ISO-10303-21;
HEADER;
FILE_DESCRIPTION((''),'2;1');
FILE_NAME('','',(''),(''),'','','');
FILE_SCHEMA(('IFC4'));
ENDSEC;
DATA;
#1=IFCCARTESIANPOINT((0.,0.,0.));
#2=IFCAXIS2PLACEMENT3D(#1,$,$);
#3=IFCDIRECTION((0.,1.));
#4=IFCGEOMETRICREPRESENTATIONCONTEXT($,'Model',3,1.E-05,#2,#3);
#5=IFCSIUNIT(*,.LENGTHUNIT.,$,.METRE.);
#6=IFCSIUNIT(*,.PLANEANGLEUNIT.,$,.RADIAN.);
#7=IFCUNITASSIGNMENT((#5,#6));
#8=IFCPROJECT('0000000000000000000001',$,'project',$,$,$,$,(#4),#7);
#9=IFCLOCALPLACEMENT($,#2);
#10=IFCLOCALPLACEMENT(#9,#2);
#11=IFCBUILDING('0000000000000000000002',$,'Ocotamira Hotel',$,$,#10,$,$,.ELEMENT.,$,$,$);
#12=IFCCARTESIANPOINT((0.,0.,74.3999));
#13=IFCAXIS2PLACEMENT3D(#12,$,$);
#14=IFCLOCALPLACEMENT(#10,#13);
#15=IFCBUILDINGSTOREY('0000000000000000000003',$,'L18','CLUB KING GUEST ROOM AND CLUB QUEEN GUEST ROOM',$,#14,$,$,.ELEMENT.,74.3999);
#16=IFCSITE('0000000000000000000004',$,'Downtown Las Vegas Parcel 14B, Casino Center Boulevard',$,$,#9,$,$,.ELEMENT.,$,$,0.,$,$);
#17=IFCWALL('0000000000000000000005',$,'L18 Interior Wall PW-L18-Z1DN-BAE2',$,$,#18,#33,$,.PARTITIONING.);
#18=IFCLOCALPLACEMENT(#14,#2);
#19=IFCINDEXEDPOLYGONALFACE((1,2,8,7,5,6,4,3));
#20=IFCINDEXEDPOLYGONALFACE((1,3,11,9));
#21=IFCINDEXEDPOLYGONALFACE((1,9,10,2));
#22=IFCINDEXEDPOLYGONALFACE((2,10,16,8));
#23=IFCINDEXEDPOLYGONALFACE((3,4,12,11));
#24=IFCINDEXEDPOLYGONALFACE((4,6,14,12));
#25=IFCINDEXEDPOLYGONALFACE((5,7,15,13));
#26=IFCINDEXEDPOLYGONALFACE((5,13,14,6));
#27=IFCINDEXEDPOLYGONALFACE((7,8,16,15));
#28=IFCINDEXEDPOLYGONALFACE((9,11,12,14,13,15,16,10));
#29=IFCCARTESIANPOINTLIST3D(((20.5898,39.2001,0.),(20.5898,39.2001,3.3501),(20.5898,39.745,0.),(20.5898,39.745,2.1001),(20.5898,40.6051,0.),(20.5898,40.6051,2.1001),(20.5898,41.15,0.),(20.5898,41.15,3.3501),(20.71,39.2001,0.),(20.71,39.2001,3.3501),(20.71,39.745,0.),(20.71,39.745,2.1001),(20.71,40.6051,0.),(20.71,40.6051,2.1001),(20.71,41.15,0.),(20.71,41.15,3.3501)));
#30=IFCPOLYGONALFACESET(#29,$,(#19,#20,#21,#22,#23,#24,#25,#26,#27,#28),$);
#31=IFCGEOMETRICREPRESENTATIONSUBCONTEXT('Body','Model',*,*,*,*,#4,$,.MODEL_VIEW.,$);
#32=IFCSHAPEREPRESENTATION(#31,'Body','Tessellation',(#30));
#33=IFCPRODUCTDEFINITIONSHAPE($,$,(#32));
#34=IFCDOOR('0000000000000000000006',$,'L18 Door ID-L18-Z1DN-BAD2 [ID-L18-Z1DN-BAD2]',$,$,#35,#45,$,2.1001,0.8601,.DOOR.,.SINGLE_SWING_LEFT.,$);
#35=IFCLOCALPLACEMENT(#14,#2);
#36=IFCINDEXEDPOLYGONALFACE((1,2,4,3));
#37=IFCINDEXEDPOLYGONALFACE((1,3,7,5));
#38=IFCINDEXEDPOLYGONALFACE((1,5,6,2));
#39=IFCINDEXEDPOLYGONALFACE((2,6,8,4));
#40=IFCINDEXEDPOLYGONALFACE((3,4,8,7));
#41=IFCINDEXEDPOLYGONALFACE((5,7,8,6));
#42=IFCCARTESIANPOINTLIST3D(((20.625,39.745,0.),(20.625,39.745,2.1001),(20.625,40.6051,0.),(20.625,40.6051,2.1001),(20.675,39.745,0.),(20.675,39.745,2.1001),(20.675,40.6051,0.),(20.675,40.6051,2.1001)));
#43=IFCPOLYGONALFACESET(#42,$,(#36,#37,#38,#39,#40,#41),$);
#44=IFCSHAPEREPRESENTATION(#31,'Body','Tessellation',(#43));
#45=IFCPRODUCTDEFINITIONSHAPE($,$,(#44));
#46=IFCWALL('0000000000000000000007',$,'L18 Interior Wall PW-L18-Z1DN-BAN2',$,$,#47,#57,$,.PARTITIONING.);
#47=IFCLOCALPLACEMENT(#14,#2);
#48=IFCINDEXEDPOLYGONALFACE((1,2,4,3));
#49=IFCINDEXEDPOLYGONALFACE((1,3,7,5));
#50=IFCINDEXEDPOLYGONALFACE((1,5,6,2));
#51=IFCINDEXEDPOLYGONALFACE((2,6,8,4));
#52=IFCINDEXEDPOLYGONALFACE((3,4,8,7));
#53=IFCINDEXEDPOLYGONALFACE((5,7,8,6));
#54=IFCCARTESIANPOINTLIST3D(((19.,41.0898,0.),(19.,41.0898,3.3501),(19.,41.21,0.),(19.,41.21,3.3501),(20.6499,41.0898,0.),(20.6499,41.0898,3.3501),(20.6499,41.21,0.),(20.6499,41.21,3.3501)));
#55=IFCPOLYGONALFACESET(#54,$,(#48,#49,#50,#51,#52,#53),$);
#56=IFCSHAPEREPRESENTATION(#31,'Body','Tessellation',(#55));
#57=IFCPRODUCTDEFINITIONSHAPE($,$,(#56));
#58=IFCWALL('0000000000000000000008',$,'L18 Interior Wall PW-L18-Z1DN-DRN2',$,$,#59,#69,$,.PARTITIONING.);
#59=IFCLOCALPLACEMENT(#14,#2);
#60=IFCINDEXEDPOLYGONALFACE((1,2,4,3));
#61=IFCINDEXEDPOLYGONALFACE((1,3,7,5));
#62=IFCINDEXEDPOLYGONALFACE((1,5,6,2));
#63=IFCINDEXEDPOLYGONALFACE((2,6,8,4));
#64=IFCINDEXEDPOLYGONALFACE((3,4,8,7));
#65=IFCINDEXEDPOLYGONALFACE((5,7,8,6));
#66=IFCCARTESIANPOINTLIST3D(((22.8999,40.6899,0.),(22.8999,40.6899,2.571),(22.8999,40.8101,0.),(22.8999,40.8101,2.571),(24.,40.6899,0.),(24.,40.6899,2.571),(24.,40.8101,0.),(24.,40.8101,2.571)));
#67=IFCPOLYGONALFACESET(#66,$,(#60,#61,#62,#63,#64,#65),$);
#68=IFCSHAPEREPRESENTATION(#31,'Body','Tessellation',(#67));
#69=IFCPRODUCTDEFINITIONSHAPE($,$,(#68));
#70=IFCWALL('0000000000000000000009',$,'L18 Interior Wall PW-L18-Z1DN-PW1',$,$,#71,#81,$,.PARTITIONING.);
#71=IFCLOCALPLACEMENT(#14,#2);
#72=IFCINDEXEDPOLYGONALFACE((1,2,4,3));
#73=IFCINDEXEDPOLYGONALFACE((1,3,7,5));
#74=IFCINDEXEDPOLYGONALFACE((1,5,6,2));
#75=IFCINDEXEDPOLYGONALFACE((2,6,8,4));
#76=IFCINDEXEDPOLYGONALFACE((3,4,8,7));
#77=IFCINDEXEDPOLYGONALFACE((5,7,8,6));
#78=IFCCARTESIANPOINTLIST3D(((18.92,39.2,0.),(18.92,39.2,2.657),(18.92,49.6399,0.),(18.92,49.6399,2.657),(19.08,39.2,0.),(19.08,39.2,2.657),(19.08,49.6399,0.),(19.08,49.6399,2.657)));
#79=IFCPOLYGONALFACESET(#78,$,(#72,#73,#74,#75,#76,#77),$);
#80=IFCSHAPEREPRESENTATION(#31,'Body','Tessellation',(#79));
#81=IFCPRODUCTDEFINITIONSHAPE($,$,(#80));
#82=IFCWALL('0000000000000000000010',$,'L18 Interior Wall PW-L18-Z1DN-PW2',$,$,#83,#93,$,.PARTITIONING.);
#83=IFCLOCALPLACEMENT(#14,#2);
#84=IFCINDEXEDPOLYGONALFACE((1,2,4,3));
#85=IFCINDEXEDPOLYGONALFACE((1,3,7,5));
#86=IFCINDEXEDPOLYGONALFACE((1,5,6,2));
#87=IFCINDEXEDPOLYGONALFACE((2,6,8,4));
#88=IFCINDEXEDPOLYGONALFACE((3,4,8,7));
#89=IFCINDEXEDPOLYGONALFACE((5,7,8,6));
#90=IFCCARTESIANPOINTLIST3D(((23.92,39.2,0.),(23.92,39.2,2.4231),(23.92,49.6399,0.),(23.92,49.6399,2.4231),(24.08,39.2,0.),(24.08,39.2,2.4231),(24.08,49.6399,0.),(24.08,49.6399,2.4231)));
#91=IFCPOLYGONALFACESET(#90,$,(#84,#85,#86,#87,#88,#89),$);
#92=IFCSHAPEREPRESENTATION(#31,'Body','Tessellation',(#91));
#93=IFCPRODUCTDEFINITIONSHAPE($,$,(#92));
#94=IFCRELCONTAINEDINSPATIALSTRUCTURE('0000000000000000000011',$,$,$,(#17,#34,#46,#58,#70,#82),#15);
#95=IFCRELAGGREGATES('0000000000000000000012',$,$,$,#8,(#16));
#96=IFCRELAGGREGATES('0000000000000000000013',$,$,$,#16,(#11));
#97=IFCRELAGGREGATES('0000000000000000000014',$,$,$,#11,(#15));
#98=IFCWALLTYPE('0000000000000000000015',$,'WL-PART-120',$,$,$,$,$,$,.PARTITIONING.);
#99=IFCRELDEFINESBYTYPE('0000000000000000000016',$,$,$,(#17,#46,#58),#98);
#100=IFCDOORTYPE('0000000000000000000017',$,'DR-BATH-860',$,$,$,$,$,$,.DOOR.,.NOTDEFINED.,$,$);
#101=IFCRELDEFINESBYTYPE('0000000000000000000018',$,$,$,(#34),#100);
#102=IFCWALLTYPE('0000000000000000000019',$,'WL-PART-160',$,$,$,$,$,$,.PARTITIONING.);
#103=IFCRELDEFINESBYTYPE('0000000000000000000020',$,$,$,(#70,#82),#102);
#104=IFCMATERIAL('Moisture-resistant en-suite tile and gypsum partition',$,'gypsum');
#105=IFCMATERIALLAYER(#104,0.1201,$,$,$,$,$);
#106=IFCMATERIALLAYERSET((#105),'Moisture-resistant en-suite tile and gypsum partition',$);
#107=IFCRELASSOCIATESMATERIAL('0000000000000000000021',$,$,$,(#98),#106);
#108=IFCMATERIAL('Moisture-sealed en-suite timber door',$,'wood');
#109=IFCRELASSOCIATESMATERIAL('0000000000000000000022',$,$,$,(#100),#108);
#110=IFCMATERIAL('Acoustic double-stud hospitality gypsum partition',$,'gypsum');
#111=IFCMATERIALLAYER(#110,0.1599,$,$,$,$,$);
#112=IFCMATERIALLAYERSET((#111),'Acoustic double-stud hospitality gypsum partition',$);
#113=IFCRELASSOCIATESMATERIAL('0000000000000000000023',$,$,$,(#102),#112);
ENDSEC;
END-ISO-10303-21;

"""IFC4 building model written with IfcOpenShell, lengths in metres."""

from ifc_helpers import new_model, si_unit, direction, frame, frame_2d, origin, place, context, subcontext, project, spatial, rectangle, extrude, source, transform, mapped, material, layer, layer_set, type_object, element, fill, save


model = new_model("IFC4")

# Units and contexts
model_context = context("Model", 3, precision=1e-05, world=origin(), true_north=direction((0.0, 1.0)))
body_context = subcontext(model_context, "Body", "Model", "MODEL_VIEW")
ifc_project = project(units=[si_unit("LENGTHUNIT", "METRE"), si_unit("PLANEANGLEUNIT", "RADIAN")], contexts=[model_context])

# Site, building, storey
site_placement = place(None, origin())
site = spatial("IfcSite", under=ifc_project, at=site_placement, Name="Downtown Las Vegas Parcel 14B, Casino Center Boulevard", CompositionType="ELEMENT", RefElevation=0.0)
building_placement = place(site_placement, origin())
building = spatial("IfcBuilding", under=site, at=building_placement, Name="Ocotamira Hotel", CompositionType="ELEMENT")
storey_placement = place(building_placement, frame((0.0, 0.0, 74.3999)))
storey = spatial("IfcBuildingStorey", under=building, at=storey_placement, Name="L18", Description="CLUB KING GUEST ROOM AND CLUB QUEEN GUEST ROOM", CompositionType="ELEMENT", Elevation=74.3999)

# Shared definitions
ifc_material_1 = material(Name="Moisture-resistant en-suite tile and gypsum partition", Category="gypsum")
ifc_layer_1 = layer(ifc_material_1, 0.1201)
ifc_layer_set_1 = layer_set([ifc_layer_1], Name="Moisture-resistant en-suite tile and gypsum partition")
wall_type_1 = type_object("IfcWallType", Name="WL-PART-120", PredefinedType="PARTITIONING", material=ifc_layer_set_1)

# Wall, opening, door
wall_1_placement = place(storey_placement, frame((20.6499, 39.2, 0.0), z_axis=(0.0, 0.0, 1.0), x_axis=(0.0, 1.0, 0.0)))
wall_1 = element("IfcWall", 1, at=wall_1_placement, inside=storey, type_object=wall_type_1, Name="L18 Interior Wall PW-L18-Z1DN-BAE2", PredefinedType="PARTITIONING", context=body_context, shape_type="SweptSolid", body=[
    extrude(rectangle(XDim=1.95, YDim=0.1201, at=frame_2d((0.9751, 0.0))), origin(), (0.0, 0.0, 1.0), 3.3501),
])
opening_placement = place(wall_1_placement, frame((0.5449, 0.0, 0.0)))
opening = element("IfcOpeningElement", 2, at=opening_placement, cuts=wall_1, PredefinedType="OPENING", context=body_context, shape_type="SweptSolid", body=[
    extrude(rectangle(XDim=0.8601, YDim=2.1001, at=frame_2d((0.4302, 1.05))), frame((0.0, 0.0701, 0.0), z_axis=(0.0, -1.0, 0.0), x_axis=(1.0, 0.0, 0.0)), (0.0, 0.0, 1.0), 0.1401),
])
ifc_material_2 = material(Name="Moisture-sealed en-suite timber door", Category="wood")
door_type = type_object("IfcDoorType", Name="DR-BATH-860", OperationType="NOTDEFINED", PredefinedType="DOOR", material=ifc_material_2)
shared_shape_1 = source(origin(), body_context, "Body", "SweptSolid", [
    extrude(rectangle(XDim=0.8601, YDim=2.1001, at=frame_2d((0.4302, 1.05))), frame((0.0, 0.0249, 0.0), z_axis=(0.0, -1.0, 0.0), x_axis=(1.0, 0.0, 0.0)), (0.0, 0.0, 1.0), 0.05),
])
door_placement = place(opening_placement, origin())
door = element("IfcDoor", 3, at=door_placement, inside=storey, type_object=door_type, Name="L18 Door ID-L18-Z1DN-BAD2 [ID-L18-Z1DN-BAD2]", OperationType="SINGLE_SWING_LEFT", OverallHeight=2.1001, OverallWidth=0.8601, PredefinedType="DOOR", context=body_context, shape_type="MappedRepresentation", body=[
    mapped(shared_shape_1, transform((0.0, 0.0, 0.0), scale=1.0)),
])
fill(opening, door)

# Walls
wall_2_placement = place(storey_placement, frame((19.0, 41.1499, 0.0), z_axis=(0.0, 0.0, 1.0), x_axis=(1.0, 0.0, 0.0)))
element("IfcWall", 4, at=wall_2_placement, inside=storey, type_object=wall_type_1, Name="L18 Interior Wall PW-L18-Z1DN-BAN2", PredefinedType="PARTITIONING", context=body_context, shape_type="SweptSolid", body=[
    extrude(rectangle(XDim=1.6499, YDim=0.1201, at=frame_2d((0.825, 0.0))), origin(), (0.0, 0.0, 1.0), 3.3501),
])
wall_3_placement = place(storey_placement, frame((22.8999, 40.75, 0.0), z_axis=(0.0, 0.0, 1.0), x_axis=(1.0, 0.0, 0.0)))
element("IfcWall", 5, at=wall_3_placement, inside=storey, type_object=wall_type_1, Name="L18 Interior Wall PW-L18-Z1DN-DRN2", PredefinedType="PARTITIONING", context=body_context, shape_type="SweptSolid", body=[
    extrude(rectangle(XDim=1.1001, YDim=0.1201, at=frame_2d((0.55, 0.0))), origin(), (0.0, 0.0, 1.0), 2.571),
])
ifc_material_3 = material(Name="Acoustic double-stud hospitality gypsum partition", Category="gypsum")
ifc_layer_2 = layer(ifc_material_3, 0.1599)
ifc_layer_set_2 = layer_set([ifc_layer_2], Name="Acoustic double-stud hospitality gypsum partition")
wall_type_2 = type_object("IfcWallType", Name="WL-PART-160", PredefinedType="PARTITIONING", material=ifc_layer_set_2)
wall_4_placement = place(storey_placement, frame((19.0, 39.2, 0.0), z_axis=(0.0, 0.0, 1.0), x_axis=(0.0, 1.0, 0.0)))
element("IfcWall", 6, at=wall_4_placement, inside=storey, type_object=wall_type_2, Name="L18 Interior Wall PW-L18-Z1DN-PW1", PredefinedType="PARTITIONING", context=body_context, shape_type="SweptSolid", body=[
    extrude(rectangle(XDim=10.4399, YDim=0.1599, at=frame_2d((5.22, 0.0))), origin(), (0.0, 0.0, 1.0), 2.657),
])
wall_5_placement = place(storey_placement, frame((24.0, 39.2, 0.0), z_axis=(0.0, 0.0, 1.0), x_axis=(0.0, 1.0, 0.0)))
element("IfcWall", 7, at=wall_5_placement, inside=storey, type_object=wall_type_2, Name="L18 Interior Wall PW-L18-Z1DN-PW2", PredefinedType="PARTITIONING", context=body_context, shape_type="SweptSolid", body=[
    extrude(rectangle(XDim=10.4399, YDim=0.1599, at=frame_2d((5.22, 0.0))), origin(), (0.0, 0.0, 1.0), 2.4231),
])

save(model, "model.ifc")
